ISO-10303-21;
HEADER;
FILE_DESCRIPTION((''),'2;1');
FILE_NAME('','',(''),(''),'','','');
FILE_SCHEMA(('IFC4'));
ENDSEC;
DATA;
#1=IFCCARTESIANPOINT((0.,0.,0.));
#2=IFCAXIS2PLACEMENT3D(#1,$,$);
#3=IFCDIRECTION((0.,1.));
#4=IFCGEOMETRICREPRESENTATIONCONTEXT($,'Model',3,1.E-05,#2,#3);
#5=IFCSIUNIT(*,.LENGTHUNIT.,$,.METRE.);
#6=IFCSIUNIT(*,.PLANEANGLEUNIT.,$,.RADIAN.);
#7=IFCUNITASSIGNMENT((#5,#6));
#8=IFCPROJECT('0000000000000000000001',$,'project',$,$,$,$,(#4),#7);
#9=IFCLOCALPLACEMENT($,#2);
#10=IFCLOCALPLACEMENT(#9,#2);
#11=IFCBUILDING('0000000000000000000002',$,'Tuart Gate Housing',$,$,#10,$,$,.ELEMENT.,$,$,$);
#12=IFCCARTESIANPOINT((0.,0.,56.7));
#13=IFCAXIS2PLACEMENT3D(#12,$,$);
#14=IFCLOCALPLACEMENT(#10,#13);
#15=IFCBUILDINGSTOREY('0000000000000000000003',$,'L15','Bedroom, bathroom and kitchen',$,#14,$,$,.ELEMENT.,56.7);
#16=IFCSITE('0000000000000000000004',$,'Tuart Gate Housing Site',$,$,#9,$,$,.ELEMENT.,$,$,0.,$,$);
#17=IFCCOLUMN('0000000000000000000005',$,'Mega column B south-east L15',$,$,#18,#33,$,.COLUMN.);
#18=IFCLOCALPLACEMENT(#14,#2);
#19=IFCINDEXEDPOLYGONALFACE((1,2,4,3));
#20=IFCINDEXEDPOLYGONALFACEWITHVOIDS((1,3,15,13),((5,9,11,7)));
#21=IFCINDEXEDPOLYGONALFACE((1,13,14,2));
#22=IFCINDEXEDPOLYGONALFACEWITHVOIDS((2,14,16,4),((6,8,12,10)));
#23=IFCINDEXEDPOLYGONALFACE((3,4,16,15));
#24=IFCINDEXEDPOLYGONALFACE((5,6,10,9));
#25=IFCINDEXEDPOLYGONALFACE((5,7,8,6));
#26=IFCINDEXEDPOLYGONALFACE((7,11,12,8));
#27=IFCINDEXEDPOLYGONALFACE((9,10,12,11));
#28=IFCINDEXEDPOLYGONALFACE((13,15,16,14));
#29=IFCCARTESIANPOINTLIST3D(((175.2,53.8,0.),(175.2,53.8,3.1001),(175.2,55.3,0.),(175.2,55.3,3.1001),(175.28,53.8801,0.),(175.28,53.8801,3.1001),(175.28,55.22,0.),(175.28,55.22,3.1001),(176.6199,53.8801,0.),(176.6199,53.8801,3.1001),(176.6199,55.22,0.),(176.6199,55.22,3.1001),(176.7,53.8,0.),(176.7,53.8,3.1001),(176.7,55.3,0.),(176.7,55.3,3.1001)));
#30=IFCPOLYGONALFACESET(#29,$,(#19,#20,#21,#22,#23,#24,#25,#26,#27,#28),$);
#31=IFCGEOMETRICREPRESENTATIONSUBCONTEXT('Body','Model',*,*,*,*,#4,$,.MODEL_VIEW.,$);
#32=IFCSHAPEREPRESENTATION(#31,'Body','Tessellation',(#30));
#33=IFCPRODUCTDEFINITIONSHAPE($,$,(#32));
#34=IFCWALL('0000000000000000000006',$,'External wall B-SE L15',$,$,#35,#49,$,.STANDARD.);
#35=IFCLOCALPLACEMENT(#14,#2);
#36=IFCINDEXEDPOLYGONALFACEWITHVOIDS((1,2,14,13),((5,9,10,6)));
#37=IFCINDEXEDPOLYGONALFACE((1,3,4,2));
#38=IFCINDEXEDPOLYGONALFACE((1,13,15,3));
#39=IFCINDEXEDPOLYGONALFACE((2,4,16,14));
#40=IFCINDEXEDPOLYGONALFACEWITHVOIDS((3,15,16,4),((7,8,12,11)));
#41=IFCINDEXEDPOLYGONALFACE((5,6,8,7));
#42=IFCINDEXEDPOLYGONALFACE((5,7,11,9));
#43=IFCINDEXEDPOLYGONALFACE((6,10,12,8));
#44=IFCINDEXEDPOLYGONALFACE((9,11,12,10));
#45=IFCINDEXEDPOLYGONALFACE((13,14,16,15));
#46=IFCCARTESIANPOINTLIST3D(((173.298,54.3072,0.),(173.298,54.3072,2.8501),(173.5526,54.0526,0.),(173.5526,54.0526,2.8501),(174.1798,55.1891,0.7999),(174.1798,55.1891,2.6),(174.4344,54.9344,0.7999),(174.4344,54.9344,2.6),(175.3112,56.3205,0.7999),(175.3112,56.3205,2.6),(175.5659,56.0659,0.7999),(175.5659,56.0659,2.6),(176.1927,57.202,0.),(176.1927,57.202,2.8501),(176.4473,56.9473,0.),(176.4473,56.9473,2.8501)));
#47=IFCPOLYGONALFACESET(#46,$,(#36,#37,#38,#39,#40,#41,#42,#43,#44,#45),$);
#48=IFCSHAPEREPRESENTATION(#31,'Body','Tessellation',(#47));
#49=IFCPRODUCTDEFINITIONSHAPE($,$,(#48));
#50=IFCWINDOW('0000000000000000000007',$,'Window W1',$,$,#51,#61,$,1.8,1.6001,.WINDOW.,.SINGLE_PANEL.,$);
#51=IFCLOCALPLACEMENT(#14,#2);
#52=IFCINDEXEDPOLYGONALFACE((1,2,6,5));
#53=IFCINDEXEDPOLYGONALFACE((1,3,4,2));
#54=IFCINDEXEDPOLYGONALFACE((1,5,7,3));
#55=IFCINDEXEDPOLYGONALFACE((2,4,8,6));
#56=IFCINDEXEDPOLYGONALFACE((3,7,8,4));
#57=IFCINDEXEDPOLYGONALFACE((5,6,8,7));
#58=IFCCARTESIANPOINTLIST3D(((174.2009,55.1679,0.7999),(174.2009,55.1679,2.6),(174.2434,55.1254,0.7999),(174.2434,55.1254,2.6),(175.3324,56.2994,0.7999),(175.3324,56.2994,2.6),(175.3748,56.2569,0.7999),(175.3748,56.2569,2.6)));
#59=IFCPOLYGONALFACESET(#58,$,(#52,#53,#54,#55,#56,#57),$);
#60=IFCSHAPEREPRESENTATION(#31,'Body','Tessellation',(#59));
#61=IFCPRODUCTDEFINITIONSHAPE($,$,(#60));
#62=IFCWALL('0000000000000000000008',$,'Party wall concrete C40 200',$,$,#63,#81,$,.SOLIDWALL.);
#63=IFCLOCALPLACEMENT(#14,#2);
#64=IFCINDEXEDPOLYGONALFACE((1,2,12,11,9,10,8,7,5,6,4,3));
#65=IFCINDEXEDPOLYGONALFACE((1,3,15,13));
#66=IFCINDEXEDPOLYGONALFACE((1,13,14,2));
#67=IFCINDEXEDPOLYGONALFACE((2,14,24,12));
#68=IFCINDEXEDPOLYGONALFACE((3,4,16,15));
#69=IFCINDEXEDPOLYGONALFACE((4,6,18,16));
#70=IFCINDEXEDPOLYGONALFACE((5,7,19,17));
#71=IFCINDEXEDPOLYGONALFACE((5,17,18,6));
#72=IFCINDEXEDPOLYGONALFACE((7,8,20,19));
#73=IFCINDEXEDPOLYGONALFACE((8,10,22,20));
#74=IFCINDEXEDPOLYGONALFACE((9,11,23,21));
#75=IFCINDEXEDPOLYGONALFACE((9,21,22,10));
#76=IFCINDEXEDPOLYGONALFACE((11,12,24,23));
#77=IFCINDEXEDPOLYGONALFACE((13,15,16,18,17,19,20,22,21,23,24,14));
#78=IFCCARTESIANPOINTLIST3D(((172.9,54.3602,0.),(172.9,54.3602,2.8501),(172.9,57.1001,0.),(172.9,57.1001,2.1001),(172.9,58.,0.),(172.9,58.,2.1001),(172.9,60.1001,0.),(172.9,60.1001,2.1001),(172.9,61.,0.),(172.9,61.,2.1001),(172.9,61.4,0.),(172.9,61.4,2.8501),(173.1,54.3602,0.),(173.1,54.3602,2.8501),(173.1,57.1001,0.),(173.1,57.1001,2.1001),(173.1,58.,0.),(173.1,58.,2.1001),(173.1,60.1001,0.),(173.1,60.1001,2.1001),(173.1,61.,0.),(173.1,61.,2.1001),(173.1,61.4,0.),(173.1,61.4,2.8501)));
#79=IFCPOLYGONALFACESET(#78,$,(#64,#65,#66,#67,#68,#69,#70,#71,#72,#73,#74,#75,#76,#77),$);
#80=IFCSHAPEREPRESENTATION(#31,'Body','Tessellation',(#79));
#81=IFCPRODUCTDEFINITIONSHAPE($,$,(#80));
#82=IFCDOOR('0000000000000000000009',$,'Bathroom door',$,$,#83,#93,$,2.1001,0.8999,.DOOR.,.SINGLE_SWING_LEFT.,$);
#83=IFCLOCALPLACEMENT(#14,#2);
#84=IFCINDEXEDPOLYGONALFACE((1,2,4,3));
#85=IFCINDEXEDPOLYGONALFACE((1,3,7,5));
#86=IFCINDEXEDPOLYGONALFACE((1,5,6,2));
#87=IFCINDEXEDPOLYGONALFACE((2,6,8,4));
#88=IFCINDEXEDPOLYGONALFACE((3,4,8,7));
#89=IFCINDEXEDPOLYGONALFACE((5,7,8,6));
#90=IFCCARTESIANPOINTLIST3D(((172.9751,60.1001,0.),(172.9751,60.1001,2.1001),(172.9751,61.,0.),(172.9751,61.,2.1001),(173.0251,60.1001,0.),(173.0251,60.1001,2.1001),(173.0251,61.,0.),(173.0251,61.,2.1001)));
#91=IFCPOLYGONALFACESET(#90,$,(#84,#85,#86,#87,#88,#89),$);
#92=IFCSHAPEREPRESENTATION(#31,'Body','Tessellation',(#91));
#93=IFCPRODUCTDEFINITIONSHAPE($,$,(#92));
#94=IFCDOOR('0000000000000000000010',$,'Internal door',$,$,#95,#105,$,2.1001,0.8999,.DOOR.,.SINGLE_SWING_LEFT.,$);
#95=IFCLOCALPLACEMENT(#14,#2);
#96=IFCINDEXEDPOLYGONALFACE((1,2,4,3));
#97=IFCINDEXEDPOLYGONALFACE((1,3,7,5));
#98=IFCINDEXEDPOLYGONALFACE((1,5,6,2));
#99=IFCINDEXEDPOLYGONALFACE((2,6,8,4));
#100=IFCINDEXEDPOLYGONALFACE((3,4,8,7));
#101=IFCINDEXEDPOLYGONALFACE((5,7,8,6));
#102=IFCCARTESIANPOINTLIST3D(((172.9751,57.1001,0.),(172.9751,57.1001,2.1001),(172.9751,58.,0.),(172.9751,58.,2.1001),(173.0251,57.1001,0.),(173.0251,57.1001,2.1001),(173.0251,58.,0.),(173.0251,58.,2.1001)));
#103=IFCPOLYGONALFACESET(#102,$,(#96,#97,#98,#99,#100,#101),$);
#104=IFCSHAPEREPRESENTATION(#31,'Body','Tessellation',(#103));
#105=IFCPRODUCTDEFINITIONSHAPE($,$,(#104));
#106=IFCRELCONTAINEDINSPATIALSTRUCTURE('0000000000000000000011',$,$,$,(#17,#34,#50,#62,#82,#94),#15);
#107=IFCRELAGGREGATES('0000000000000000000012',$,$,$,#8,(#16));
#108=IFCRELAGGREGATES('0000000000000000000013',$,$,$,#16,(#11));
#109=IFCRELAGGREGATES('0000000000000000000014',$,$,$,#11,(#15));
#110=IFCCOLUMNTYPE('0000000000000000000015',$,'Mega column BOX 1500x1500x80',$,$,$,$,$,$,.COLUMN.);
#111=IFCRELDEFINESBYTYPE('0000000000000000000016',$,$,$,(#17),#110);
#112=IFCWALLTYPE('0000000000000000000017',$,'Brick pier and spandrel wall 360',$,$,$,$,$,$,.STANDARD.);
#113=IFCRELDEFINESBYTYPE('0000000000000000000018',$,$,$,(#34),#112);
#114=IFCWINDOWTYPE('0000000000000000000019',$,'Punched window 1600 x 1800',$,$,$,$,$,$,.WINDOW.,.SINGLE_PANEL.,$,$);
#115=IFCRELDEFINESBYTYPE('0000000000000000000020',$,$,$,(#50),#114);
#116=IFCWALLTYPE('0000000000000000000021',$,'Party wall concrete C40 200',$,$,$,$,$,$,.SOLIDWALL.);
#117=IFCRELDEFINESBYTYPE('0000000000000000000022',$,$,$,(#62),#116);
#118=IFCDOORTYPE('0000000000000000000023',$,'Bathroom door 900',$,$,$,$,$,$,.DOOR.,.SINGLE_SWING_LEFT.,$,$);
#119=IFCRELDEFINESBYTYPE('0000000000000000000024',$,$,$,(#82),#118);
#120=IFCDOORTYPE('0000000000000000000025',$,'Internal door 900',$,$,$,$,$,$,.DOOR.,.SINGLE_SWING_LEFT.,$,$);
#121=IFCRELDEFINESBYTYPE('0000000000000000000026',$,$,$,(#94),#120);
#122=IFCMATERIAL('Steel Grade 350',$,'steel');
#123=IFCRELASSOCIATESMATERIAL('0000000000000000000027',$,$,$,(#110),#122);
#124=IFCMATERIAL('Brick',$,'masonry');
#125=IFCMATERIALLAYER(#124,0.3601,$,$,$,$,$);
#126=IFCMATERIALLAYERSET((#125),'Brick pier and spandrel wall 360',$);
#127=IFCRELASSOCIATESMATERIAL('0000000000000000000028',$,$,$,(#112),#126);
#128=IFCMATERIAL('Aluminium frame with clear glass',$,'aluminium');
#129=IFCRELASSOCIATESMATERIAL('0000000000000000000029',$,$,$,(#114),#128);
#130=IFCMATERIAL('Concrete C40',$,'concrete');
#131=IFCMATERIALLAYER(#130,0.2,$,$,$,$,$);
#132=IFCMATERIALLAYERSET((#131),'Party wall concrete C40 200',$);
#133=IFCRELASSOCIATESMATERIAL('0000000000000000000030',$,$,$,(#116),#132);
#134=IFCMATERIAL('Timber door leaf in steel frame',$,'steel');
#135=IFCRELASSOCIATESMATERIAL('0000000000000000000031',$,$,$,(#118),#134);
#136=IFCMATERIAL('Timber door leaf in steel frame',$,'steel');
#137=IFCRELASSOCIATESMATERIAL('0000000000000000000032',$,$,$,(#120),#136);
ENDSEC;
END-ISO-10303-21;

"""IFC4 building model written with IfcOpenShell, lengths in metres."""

from ifc_helpers import new_model, si_unit, direction, frame, frame_2d, origin, origin_2d, place, context, subcontext, project, spatial, rectangle, hollow_rectangle, extrude, material, layer, layer_set, material_profile, profile_set, type_object, element, fill, save


model = new_model("IFC4")

# Units and contexts
model_context = context("Model", 3, precision=1e-05, world=origin(), true_north=direction((0.0, 1.0)))
body_context = subcontext(model_context, "Body", "Model", "MODEL_VIEW")
ifc_project = project(units=[si_unit("LENGTHUNIT", "METRE"), si_unit("PLANEANGLEUNIT", "RADIAN")], contexts=[model_context])

# Site, building, storey
site_placement = place(None, origin())
site = spatial("IfcSite", under=ifc_project, at=site_placement, Name="Tuart Gate Housing Site", CompositionType="ELEMENT", RefElevation=0.0)
building_placement = place(site_placement, origin())
building = spatial("IfcBuilding", under=site, at=building_placement, Name="Tuart Gate Housing", CompositionType="ELEMENT")
storey_placement = place(building_placement, frame((0.0, 0.0, 56.7)))
storey = spatial("IfcBuildingStorey", under=building, at=storey_placement, Name="L15", Description="Bedroom, bathroom and kitchen", CompositionType="ELEMENT", Elevation=56.7)

# Column
ifc_material_1 = material(Name="Steel Grade 350", Category="steel")
ifc_material_profile = material_profile(ifc_material_1, hollow_rectangle(XDim=1.5, YDim=1.5, WallThickness=0.0801, at=origin_2d()), Name="BOX 1500x1500x80")
ifc_profile_set = profile_set([ifc_material_profile], Name="Steel Grade 350")
column_type = type_object("IfcColumnType", Name="Mega column BOX 1500x1500x80", PredefinedType="COLUMN", material=ifc_profile_set)
column_placement = place(storey_placement, frame((175.95, 54.55, 0.0), z_axis=(0.0, 0.0, 1.0), x_axis=(1.0, 0.0, 0.0)))
element("IfcColumn", 1, at=column_placement, inside=storey, type_object=column_type, Name="Mega column B south-east L15", PredefinedType="COLUMN", context=body_context, shape_type="SweptSolid", body=[
    extrude(hollow_rectangle(XDim=1.5, YDim=1.5, WallThickness=0.0801, at=origin_2d()), origin(), (0.0, 0.0, 1.0), 3.1001),
])

# Wall, opening, window
ifc_material_2 = material(Name="Brick", Category="masonry")
ifc_layer_1 = layer(ifc_material_2, 0.3601)
ifc_layer_set_1 = layer_set([ifc_layer_1], Name="Brick pier and spandrel wall 360")
wall_type_1 = type_object("IfcWallType", Name="Brick pier and spandrel wall 360", PredefinedType="STANDARD", material=ifc_layer_set_1)
wall_1_placement = place(storey_placement, frame((173.4253, 54.1799, 0.0), z_axis=(0.0, 0.0, 1.0), x_axis=(0.707107, 0.707107, 0.0)))
wall_1 = element("IfcWall", 2, at=wall_1_placement, inside=storey, type_object=wall_type_1, Name="External wall B-SE L15", PredefinedType="STANDARD", context=body_context, shape_type="SweptSolid", body=[
    extrude(rectangle(XDim=4.0938, YDim=0.3601, at=frame_2d((2.0469, 0.0))), origin(), (0.0, 0.0, 1.0), 2.8501),
])
opening_1_placement = place(wall_1_placement, frame((1.2471, 0.0, 0.8)))
opening_1 = element("IfcOpeningElement", 3, at=opening_1_placement, cuts=wall_1, PredefinedType="OPENING", context=body_context, shape_type="SweptSolid", body=[
    extrude(rectangle(XDim=1.6001, YDim=1.8, at=frame_2d((0.8, 0.8999))), frame((0.0, 0.1899, 0.0), z_axis=(0.0, -1.0, 0.0), x_axis=(1.0, 0.0, 0.0)), (0.0, 0.0, 1.0), 0.3801),
])
ifc_material_3 = material(Name="Aluminium frame with clear glass", Category="aluminium")
window_type_1 = type_object("IfcWindowType", Name="Punched window 1600 x 1800", PartitioningType="SINGLE_PANEL", PredefinedType="WINDOW", material=ifc_material_3)
window_1_placement = place(opening_1_placement, origin())
window_1 = element("IfcWindow", 4, at=window_1_placement, inside=storey, type_object=window_type_1, Name="Window W1", OverallHeight=1.8, OverallWidth=1.6001, PartitioningType="SINGLE_PANEL", PredefinedType="WINDOW", context=body_context, shape_type="SweptSolid", body=[
    extrude(rectangle(XDim=1.6001, YDim=1.8, at=frame_2d((0.8, 0.8999))), frame((0.0, 0.1501, 0.0), z_axis=(0.0, -1.0, 0.0), x_axis=(1.0, 0.0, 0.0)), (0.0, 0.0, 1.0), 0.0601),
])
fill(opening_1, window_1)

# Wall, openings, doors
ifc_material_4 = material(Name="Concrete C40", Category="concrete")
ifc_layer_2 = layer(ifc_material_4, 0.2)
ifc_layer_set_2 = layer_set([ifc_layer_2], Name="Party wall concrete C40 200")
wall_type_2 = type_object("IfcWallType", Name="Party wall concrete C40 200", PredefinedType="SOLIDWALL", material=ifc_layer_set_2)
wall_2_placement = place(storey_placement, frame((173.0, 54.3601, 0.0), z_axis=(0.0, 0.0, 1.0), x_axis=(0.0, 1.0, 0.0)))
wall_2 = element("IfcWall", 5, at=wall_2_placement, inside=storey, type_object=wall_type_2, Name="Party wall concrete C40 200", PredefinedType="SOLIDWALL", context=body_context, shape_type="SweptSolid", body=[
    extrude(rectangle(XDim=7.0398, YDim=0.2, at=frame_2d((3.52, 0.0))), origin(), (0.0, 0.0, 1.0), 2.8501),
])
opening_2_placement = place(wall_2_placement, frame((2.74, 0.0, 0.0)))
opening_2 = element("IfcOpeningElement", 6, at=opening_2_placement, cuts=wall_2, PredefinedType="OPENING", context=body_context, shape_type="SweptSolid", body=[
    extrude(rectangle(XDim=0.8999, YDim=2.1001, at=frame_2d((0.45, 1.05))), frame((0.0, 0.1099, 0.0), z_axis=(0.0, -1.0, 0.0), x_axis=(1.0, 0.0, 0.0)), (0.0, 0.0, 1.0), 0.22),
])
opening_3_placement = place(wall_2_placement, frame((5.74, 0.0, 0.0)))
opening_3 = element("IfcOpeningElement", 7, at=opening_3_placement, cuts=wall_2, PredefinedType="OPENING", context=body_context, shape_type="SweptSolid", body=[
    extrude(rectangle(XDim=0.8999, YDim=2.1001, at=frame_2d((0.45, 1.05))), frame((0.0, 0.1099, 0.0), z_axis=(0.0, -1.0, 0.0), x_axis=(1.0, 0.0, 0.0)), (0.0, 0.0, 1.0), 0.22),
])
ifc_material_5 = material(Name="Timber door leaf in steel frame", Category="steel")
door_type_1 = type_object("IfcDoorType", Name="Bathroom door 900", OperationType="SINGLE_SWING_LEFT", PredefinedType="DOOR", material=ifc_material_5)
door_1_placement = place(opening_3_placement, frame((0.8999, 0.0, 0.0), z_axis=(0.0, 0.0, 1.0), x_axis=(-1.0, 0.0, 0.0)))
door_1 = element("IfcDoor", 8, at=door_1_placement, inside=storey, type_object=door_type_1, Name="Bathroom door", OperationType="SINGLE_SWING_LEFT", OverallHeight=2.1001, OverallWidth=0.8999, PredefinedType="DOOR", context=body_context, shape_type="SweptSolid", body=[
    extrude(rectangle(XDim=0.8999, YDim=2.1001, at=frame_2d((0.45, 1.05))), frame((0.0, 0.0251, 0.0), z_axis=(0.0, -1.0, 0.0), x_axis=(1.0, 0.0, 0.0)), (0.0, 0.0, 1.0), 0.05),
])
fill(opening_3, door_1)
ifc_material_6 = material(Name="Timber door leaf in steel frame", Category="steel")
door_type_2 = type_object("IfcDoorType", Name="Internal door 900", OperationType="SINGLE_SWING_LEFT", PredefinedType="DOOR", material=ifc_material_6)
door_2_placement = place(opening_2_placement, frame((0.8999, 0.0, 0.0), z_axis=(0.0, 0.0, 1.0), x_axis=(-1.0, 0.0, 0.0)))
door_2 = element("IfcDoor", 9, at=door_2_placement, inside=storey, type_object=door_type_2, Name="Internal door", OperationType="SINGLE_SWING_LEFT", OverallHeight=2.1001, OverallWidth=0.8999, PredefinedType="DOOR", context=body_context, shape_type="SweptSolid", body=[
    extrude(rectangle(XDim=0.8999, YDim=2.1001, at=frame_2d((0.45, 1.05))), frame((0.0, 0.0251, 0.0), z_axis=(0.0, -1.0, 0.0), x_axis=(1.0, 0.0, 0.0)), (0.0, 0.0, 1.0), 0.05),
])
fill(opening_2, door_2)

save(model, "model.ifc")
